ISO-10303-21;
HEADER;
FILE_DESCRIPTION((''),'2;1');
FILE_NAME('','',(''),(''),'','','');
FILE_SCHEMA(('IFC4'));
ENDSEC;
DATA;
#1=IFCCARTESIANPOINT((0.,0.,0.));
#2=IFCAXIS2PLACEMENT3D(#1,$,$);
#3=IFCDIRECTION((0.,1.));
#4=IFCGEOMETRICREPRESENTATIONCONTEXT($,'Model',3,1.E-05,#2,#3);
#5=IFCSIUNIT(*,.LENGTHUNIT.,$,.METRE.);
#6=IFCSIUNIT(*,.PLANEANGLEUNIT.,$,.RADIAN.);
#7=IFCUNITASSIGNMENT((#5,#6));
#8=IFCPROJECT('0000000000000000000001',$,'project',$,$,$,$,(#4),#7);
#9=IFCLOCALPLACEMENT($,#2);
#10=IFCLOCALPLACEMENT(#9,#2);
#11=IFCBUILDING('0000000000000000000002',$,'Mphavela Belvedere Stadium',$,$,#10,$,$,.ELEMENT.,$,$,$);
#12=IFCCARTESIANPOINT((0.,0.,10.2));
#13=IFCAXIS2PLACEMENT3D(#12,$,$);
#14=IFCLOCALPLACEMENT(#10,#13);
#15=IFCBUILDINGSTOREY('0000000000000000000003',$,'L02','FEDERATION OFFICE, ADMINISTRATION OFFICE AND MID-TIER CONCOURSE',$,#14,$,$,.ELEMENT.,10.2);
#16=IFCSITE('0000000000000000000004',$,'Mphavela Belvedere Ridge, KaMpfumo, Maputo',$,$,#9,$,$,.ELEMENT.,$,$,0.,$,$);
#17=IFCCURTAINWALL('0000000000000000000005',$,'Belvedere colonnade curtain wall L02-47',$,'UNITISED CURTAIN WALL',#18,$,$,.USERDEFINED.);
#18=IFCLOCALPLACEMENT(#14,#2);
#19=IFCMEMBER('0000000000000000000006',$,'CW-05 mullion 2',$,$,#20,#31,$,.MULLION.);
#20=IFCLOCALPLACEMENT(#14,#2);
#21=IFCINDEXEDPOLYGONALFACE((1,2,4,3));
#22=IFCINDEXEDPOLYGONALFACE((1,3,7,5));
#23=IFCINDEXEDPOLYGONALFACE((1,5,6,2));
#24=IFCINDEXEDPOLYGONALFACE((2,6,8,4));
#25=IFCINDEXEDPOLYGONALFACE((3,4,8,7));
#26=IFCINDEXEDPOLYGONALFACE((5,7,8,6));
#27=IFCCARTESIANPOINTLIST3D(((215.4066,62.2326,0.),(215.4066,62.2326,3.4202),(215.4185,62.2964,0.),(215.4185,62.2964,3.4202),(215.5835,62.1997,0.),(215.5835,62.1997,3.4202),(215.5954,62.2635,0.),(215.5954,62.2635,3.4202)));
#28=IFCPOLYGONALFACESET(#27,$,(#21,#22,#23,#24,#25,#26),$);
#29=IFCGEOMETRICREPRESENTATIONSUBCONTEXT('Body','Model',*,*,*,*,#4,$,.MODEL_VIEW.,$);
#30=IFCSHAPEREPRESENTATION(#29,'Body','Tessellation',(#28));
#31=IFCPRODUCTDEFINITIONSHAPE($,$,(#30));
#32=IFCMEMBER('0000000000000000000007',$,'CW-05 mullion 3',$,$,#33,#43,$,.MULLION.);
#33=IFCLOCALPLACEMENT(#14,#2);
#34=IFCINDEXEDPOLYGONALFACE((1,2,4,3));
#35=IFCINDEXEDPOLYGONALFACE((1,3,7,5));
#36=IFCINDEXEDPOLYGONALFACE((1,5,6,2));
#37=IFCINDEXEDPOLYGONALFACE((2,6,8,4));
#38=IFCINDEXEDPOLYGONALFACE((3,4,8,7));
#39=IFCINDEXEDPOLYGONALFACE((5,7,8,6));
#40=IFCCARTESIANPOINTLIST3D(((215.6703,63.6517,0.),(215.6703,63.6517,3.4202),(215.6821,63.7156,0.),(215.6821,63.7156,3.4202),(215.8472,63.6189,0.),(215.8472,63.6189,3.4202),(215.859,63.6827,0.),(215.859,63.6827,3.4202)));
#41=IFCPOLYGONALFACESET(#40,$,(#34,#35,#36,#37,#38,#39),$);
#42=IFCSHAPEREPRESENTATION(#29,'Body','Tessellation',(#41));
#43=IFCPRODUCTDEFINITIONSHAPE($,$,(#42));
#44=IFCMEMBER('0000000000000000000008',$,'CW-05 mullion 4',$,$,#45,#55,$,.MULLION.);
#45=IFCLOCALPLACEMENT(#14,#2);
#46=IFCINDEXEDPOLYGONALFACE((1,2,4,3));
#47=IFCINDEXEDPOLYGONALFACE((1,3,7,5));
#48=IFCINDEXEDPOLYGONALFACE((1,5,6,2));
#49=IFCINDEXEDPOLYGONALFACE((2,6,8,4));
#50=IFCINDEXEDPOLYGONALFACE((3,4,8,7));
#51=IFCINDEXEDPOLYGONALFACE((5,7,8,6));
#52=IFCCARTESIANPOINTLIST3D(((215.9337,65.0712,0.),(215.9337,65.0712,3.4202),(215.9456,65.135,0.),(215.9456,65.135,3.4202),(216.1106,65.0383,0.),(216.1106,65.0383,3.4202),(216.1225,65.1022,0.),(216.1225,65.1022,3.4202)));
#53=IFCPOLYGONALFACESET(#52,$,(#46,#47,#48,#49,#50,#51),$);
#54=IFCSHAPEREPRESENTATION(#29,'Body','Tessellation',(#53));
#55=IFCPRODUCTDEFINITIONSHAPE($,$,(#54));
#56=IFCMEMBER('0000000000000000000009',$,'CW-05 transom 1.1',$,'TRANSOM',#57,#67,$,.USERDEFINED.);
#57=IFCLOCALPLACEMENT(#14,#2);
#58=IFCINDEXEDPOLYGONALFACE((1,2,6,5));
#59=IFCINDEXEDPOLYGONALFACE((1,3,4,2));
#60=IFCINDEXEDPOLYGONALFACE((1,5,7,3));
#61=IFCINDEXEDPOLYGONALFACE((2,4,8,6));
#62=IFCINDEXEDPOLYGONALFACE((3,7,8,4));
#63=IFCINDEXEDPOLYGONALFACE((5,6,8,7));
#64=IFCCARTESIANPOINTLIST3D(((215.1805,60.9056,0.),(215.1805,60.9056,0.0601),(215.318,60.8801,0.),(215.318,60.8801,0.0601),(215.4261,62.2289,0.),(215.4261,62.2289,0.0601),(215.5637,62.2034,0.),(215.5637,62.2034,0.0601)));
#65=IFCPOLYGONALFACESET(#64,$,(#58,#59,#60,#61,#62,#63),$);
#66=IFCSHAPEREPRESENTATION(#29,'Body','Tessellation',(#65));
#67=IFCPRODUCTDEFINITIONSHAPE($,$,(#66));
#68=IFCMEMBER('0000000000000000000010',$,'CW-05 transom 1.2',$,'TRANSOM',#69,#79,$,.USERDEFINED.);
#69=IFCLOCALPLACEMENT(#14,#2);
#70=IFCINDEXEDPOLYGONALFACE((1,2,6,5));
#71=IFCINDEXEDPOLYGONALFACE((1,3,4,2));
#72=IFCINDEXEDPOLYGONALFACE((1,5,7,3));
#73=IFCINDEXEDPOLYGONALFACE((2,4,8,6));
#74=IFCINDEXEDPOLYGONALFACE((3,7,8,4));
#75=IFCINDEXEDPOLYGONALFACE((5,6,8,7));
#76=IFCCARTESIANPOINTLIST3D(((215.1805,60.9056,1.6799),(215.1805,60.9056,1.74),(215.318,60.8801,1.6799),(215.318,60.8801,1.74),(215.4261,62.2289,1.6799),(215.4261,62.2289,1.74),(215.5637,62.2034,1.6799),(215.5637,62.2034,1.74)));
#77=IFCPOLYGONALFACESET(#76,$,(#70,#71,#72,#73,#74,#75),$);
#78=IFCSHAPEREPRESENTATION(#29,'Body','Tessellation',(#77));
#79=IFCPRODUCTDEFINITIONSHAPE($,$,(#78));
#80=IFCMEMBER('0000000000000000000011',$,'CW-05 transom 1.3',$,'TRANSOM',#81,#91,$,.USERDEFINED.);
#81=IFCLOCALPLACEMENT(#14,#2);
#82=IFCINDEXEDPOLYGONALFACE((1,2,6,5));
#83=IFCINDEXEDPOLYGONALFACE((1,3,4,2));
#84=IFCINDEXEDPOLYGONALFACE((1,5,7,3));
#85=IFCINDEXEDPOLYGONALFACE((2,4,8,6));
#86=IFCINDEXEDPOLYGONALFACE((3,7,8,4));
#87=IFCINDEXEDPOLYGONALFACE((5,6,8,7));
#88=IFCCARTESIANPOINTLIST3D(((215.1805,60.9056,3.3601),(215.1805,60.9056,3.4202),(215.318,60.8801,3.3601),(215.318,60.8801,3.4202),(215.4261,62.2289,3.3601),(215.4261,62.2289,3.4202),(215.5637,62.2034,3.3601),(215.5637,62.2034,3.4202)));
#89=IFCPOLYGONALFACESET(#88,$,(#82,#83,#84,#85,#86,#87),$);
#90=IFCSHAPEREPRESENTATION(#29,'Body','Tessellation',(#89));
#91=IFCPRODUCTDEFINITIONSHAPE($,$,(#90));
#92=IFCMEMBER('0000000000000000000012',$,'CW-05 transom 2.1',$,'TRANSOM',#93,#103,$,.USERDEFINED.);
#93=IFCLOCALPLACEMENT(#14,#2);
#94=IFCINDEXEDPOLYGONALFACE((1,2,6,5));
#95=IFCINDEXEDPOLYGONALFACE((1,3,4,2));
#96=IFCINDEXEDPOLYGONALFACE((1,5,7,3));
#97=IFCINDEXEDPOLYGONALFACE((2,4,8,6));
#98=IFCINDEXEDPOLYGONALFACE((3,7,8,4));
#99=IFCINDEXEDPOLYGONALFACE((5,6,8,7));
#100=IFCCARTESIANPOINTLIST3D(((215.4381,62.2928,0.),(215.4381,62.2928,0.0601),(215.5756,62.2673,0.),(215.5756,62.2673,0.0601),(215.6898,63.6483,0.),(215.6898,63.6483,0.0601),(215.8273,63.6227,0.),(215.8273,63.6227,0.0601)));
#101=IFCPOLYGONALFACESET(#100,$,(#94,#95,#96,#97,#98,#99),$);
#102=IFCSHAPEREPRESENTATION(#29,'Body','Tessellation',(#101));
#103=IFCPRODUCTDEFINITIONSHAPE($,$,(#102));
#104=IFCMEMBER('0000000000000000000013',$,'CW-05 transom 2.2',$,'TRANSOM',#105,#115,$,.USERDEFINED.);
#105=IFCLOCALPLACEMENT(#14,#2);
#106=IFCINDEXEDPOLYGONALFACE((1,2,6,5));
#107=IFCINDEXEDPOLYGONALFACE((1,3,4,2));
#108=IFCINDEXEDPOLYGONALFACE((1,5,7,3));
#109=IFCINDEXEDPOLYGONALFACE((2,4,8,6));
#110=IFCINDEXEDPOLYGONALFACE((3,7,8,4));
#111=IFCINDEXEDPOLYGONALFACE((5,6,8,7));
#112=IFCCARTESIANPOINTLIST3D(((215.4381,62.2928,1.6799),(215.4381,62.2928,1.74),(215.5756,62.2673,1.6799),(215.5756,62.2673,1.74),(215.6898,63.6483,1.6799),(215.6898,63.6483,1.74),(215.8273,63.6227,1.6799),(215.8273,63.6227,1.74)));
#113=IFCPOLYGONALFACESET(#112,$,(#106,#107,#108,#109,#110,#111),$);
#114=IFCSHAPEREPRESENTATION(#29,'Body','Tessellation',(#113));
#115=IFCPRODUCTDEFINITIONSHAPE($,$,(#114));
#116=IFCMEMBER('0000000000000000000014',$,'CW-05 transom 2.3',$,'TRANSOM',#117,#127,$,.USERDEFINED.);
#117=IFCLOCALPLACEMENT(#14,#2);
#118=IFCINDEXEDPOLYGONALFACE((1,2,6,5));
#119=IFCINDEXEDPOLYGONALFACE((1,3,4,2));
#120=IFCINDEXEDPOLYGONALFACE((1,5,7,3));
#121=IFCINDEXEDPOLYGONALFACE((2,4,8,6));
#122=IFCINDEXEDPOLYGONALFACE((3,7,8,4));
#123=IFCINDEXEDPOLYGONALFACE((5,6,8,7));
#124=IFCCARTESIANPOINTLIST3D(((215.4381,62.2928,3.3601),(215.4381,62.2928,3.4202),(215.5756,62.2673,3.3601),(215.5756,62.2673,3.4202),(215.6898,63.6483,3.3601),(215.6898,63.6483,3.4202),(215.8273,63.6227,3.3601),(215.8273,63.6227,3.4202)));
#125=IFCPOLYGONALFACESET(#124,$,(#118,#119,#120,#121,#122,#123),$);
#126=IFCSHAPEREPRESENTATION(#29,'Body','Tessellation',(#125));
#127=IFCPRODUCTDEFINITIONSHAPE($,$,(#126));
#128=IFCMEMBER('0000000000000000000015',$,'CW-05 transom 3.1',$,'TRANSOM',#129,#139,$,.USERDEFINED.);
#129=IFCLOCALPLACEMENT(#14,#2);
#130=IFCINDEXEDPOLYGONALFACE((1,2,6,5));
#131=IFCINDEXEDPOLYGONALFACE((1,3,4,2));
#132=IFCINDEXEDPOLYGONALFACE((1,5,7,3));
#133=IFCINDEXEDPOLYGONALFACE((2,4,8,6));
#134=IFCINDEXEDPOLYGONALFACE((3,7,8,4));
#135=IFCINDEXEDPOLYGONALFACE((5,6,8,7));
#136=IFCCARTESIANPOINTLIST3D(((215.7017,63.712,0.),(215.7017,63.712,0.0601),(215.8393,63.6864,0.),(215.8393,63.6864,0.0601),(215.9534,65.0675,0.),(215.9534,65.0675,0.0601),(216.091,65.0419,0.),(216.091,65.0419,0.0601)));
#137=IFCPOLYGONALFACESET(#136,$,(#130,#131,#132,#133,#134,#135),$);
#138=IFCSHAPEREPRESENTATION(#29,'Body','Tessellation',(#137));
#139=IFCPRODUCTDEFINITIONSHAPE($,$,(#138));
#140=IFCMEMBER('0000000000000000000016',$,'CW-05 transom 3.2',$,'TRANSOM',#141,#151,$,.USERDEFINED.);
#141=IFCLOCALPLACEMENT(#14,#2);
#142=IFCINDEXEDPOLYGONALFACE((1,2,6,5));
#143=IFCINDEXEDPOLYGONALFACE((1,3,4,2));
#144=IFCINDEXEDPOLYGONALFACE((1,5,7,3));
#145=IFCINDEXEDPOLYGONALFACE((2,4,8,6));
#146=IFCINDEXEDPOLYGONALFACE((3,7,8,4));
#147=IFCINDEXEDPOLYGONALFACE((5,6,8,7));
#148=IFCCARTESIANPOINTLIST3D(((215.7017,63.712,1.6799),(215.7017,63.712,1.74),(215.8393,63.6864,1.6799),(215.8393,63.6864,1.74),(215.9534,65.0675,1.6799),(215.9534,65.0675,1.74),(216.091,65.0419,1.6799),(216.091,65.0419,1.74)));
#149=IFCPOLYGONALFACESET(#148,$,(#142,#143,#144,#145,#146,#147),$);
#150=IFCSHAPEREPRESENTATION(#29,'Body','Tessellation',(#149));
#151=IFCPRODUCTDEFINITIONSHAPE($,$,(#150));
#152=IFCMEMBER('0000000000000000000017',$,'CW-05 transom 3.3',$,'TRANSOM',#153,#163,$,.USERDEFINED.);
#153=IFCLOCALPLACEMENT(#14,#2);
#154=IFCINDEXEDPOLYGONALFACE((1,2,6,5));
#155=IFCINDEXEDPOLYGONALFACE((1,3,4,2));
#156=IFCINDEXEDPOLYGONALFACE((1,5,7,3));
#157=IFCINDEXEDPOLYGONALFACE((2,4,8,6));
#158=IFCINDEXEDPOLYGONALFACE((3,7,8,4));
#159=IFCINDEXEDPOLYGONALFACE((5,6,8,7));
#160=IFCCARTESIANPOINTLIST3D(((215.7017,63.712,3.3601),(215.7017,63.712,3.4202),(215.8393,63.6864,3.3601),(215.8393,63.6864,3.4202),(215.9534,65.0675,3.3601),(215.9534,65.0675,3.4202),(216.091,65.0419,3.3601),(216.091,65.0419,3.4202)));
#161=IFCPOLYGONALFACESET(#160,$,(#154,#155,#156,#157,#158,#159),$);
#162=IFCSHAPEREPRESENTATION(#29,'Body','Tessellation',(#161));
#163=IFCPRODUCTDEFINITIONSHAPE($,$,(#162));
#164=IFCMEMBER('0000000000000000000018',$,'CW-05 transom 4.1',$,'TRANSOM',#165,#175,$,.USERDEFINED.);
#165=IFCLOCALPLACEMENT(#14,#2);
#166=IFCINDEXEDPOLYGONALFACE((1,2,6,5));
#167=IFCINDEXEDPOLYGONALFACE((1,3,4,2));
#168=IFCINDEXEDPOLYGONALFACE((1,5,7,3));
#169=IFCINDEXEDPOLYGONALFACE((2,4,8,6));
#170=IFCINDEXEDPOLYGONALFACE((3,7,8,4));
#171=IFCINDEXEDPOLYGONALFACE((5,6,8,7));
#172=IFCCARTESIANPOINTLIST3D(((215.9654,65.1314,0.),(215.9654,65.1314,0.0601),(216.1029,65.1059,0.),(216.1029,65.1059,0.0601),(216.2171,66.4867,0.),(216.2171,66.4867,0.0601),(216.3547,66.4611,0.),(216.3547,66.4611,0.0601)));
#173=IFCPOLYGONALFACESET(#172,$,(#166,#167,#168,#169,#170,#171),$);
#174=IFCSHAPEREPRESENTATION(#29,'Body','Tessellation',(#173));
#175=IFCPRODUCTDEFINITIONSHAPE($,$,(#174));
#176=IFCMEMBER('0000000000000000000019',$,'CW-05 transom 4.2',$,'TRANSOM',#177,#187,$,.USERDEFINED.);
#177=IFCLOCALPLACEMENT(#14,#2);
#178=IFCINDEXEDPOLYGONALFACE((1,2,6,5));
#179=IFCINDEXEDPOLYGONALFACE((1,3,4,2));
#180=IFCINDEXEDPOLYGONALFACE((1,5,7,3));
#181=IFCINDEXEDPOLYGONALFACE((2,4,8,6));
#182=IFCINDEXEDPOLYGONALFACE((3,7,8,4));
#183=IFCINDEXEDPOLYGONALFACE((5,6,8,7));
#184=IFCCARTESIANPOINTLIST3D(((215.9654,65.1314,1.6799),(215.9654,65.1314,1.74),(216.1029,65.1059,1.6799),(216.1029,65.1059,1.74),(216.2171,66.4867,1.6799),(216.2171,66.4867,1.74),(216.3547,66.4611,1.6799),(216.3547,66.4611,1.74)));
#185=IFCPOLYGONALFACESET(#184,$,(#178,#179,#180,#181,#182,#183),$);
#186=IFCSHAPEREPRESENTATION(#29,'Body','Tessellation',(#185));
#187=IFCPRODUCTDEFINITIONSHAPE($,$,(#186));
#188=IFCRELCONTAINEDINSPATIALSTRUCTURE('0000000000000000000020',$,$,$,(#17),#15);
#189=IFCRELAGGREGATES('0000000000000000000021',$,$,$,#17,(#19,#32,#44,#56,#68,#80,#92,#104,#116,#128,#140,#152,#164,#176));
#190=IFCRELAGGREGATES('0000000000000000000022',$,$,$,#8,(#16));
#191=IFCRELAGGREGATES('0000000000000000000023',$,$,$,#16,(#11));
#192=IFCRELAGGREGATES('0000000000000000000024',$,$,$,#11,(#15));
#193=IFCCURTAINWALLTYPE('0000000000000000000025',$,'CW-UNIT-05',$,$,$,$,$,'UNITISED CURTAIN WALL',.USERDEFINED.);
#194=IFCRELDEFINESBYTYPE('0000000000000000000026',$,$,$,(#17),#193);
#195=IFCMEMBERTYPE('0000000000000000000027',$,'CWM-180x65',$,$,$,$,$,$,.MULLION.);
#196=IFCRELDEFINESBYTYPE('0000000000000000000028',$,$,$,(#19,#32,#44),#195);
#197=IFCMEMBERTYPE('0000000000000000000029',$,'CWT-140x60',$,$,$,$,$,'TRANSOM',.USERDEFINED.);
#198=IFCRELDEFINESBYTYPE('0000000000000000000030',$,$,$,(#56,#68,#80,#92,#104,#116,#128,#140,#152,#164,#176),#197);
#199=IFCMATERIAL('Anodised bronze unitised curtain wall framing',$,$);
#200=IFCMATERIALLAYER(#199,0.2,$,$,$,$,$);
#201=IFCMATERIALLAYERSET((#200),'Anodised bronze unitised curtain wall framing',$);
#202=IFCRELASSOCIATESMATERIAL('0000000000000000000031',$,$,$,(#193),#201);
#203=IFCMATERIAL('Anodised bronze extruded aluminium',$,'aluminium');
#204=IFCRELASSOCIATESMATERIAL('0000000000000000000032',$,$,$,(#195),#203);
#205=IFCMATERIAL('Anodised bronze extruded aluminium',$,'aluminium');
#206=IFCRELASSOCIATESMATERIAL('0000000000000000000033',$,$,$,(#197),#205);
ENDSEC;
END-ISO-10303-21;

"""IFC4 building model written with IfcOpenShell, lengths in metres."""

from ifc_helpers import new_model, si_unit, direction, frame, origin, origin_2d, place, context, subcontext, project, spatial, rectangle, extrude, material, layer, layer_set, material_profile, profile_set, type_object, element, aggregate, save


model = new_model("IFC4")

# Units and contexts
model_context = context("Model", 3, precision=1e-05, world=origin(), true_north=direction((0.0, 1.0)))
body_context = subcontext(model_context, "Body", "Model", "MODEL_VIEW")
ifc_project = project(units=[si_unit("LENGTHUNIT", "METRE"), si_unit("PLANEANGLEUNIT", "RADIAN")], contexts=[model_context])

# Site, building, storey
site_placement = place(None, origin())
site = spatial("IfcSite", under=ifc_project, at=site_placement, Name="Mphavela Belvedere Ridge, KaMpfumo, Maputo", CompositionType="ELEMENT", RefElevation=0.0)
building_placement = place(site_placement, origin())
building = spatial("IfcBuilding", under=site, at=building_placement, Name="Mphavela Belvedere Stadium", CompositionType="ELEMENT")
storey_placement = place(building_placement, frame((0.0, 0.0, 10.2)))
storey = spatial("IfcBuildingStorey", under=building, at=storey_placement, Name="L02", Description="FEDERATION OFFICE, ADMINISTRATION OFFICE AND MID-TIER CONCOURSE", CompositionType="ELEMENT", Elevation=10.2)

# Curtain wall, members
ifc_material_1 = material(Name="Anodised bronze unitised curtain wall framing")
ifc_layer_1 = layer(ifc_material_1, 0.2)
ifc_layer_set_1 = layer_set([ifc_layer_1], Name="Anodised bronze unitised curtain wall framing")
curtain_wall_type = type_object("IfcCurtainWallType", Name="CW-UNIT-05", ElementType="UNITISED CURTAIN WALL", PredefinedType="USERDEFINED", material=ifc_layer_set_1)
curtain_wall_placement = place(storey_placement, origin())
curtain_wall = element("IfcCurtainWall", 1, at=curtain_wall_placement, inside=storey, type_object=curtain_wall_type, Name="Belvedere colonnade curtain wall L02-47", ObjectType="UNITISED CURTAIN WALL", PredefinedType="USERDEFINED")
ifc_material_2 = material(Name="Anodised bronze extruded aluminium", Category="aluminium")
ifc_material_profile_1 = material_profile(ifc_material_2, rectangle(XDim=0.1799, YDim=0.0649, at=origin_2d()), Name="CW-MUL 180x65")
ifc_profile_set_1 = profile_set([ifc_material_profile_1], Name="Anodised bronze extruded aluminium")
member_type_1 = type_object("IfcMemberType", Name="CWM-180x65", PredefinedType="MULLION", material=ifc_profile_set_1)
member_1_placement = place(storey_placement, frame((215.501, 62.248, 0.0), z_axis=(0.0, 0.0, 1.0), x_axis=(-0.983183, 0.182625, 0.0)))
member_1 = element("IfcMember", 2, at=member_1_placement, type_object=member_type_1, Name="CW-05 mullion 2", PredefinedType="MULLION", context=body_context, shape_type="SweptSolid", body=[
    extrude(rectangle(XDim=0.1799, YDim=0.0649, at=origin_2d()), origin(), (0.0, 0.0, 1.0), 3.4202),
])
member_2_placement = place(storey_placement, frame((215.7646, 63.6672, 0.0), z_axis=(0.0, 0.0, 1.0), x_axis=(-0.983183, 0.182625, 0.0)))
member_2 = element("IfcMember", 3, at=member_2_placement, type_object=member_type_1, Name="CW-05 mullion 3", PredefinedType="MULLION", context=body_context, shape_type="SweptSolid", body=[
    extrude(rectangle(XDim=0.1799, YDim=0.0649, at=origin_2d()), origin(), (0.0, 0.0, 1.0), 3.4202),
])
member_3_placement = place(storey_placement, frame((216.0281, 65.0867, 0.0), z_axis=(0.0, 0.0, 1.0), x_axis=(-0.983183, 0.182625, 0.0)))
member_3 = element("IfcMember", 4, at=member_3_placement, type_object=member_type_1, Name="CW-05 mullion 4", PredefinedType="MULLION", context=body_context, shape_type="SweptSolid", body=[
    extrude(rectangle(XDim=0.1799, YDim=0.0649, at=origin_2d()), origin(), (0.0, 0.0, 1.0), 3.4202),
])
ifc_material_3 = material(Name="Anodised bronze extruded aluminium", Category="aluminium")
ifc_material_profile_2 = material_profile(ifc_material_3, rectangle(XDim=0.1399, YDim=0.0601, at=origin_2d()), Name="CW-TRN 140x60")
ifc_profile_set_2 = profile_set([ifc_material_profile_2], Name="Anodised bronze extruded aluminium")
member_type_2 = type_object("IfcMemberType", Name="CWT-140x60", ElementType="TRANSOM", PredefinedType="USERDEFINED", material=ifc_profile_set_2)
member_4_placement = place(storey_placement, frame((215.2493, 60.8928, 0.03), z_axis=(0.182492, 0.983207, 0.0), x_axis=(-0.983207, 0.182492, 0.0)))
member_4 = element("IfcMember", 5, at=member_4_placement, type_object=member_type_2, Name="CW-05 transom 1.1", ObjectType="TRANSOM", PredefinedType="USERDEFINED", context=body_context, shape_type="SweptSolid", body=[
    extrude(rectangle(XDim=0.1399, YDim=0.0601, at=origin_2d()), origin(), (0.0, 0.0, 1.0), 1.3459),
])
member_5_placement = place(storey_placement, frame((215.2493, 60.8928, 1.71), z_axis=(0.182492, 0.983207, 0.0), x_axis=(-0.983207, 0.182492, 0.0)))
member_5 = element("IfcMember", 6, at=member_5_placement, type_object=member_type_2, Name="CW-05 transom 1.2", ObjectType="TRANSOM", PredefinedType="USERDEFINED", context=body_context, shape_type="SweptSolid", body=[
    extrude(rectangle(XDim=0.1399, YDim=0.0601, at=origin_2d()), origin(), (0.0, 0.0, 1.0), 1.3459),
])
member_6_placement = place(storey_placement, frame((215.2493, 60.8928, 3.3901), z_axis=(0.182492, 0.983207, 0.0), x_axis=(-0.983207, 0.182492, 0.0)))
member_6 = element("IfcMember", 7, at=member_6_placement, type_object=member_type_2, Name="CW-05 transom 1.3", ObjectType="TRANSOM", PredefinedType="USERDEFINED", context=body_context, shape_type="SweptSolid", body=[
    extrude(rectangle(XDim=0.1399, YDim=0.0601, at=origin_2d()), origin(), (0.0, 0.0, 1.0), 1.3459),
])
member_7_placement = place(storey_placement, frame((215.5068, 62.28, 0.03), z_axis=(0.182578, 0.983191, 0.0), x_axis=(-0.983191, 0.182578, 0.0)))
member_7 = element("IfcMember", 8, at=member_7_placement, type_object=member_type_2, Name="CW-05 transom 2.1", ObjectType="TRANSOM", PredefinedType="USERDEFINED", context=body_context, shape_type="SweptSolid", body=[
    extrude(rectangle(XDim=0.1399, YDim=0.0601, at=origin_2d()), origin(), (0.0, 0.0, 1.0), 1.3787),
])
member_8_placement = place(storey_placement, frame((215.5068, 62.28, 1.71), z_axis=(0.182578, 0.983191, 0.0), x_axis=(-0.983191, 0.182578, 0.0)))
member_8 = element("IfcMember", 9, at=member_8_placement, type_object=member_type_2, Name="CW-05 transom 2.2", ObjectType="TRANSOM", PredefinedType="USERDEFINED", context=body_context, shape_type="SweptSolid", body=[
    extrude(rectangle(XDim=0.1399, YDim=0.0601, at=origin_2d()), origin(), (0.0, 0.0, 1.0), 1.3787),
])
member_9_placement = place(storey_placement, frame((215.5068, 62.28, 3.3901), z_axis=(0.182578, 0.983191, 0.0), x_axis=(-0.983191, 0.182578, 0.0)))
member_9 = element("IfcMember", 10, at=member_9_placement, type_object=member_type_2, Name="CW-05 transom 2.3", ObjectType="TRANSOM", PredefinedType="USERDEFINED", context=body_context, shape_type="SweptSolid", body=[
    extrude(rectangle(XDim=0.1399, YDim=0.0601, at=origin_2d()), origin(), (0.0, 0.0, 1.0), 1.3787),
])
member_10_placement = place(storey_placement, frame((215.7705, 63.6992, 0.03), z_axis=(0.182578, 0.983191, 0.0), x_axis=(-0.983191, 0.182578, 0.0)))
member_10 = element("IfcMember", 11, at=member_10_placement, type_object=member_type_2, Name="CW-05 transom 3.1", ObjectType="TRANSOM", PredefinedType="USERDEFINED", context=body_context, shape_type="SweptSolid", body=[
    extrude(rectangle(XDim=0.1399, YDim=0.0601, at=origin_2d()), origin(), (0.0, 0.0, 1.0), 1.3787),
])
member_11_placement = place(storey_placement, frame((215.7705, 63.6992, 1.71), z_axis=(0.182578, 0.983191, 0.0), x_axis=(-0.983191, 0.182578, 0.0)))
member_11 = element("IfcMember", 12, at=member_11_placement, type_object=member_type_2, Name="CW-05 transom 3.2", ObjectType="TRANSOM", PredefinedType="USERDEFINED", context=body_context, shape_type="SweptSolid", body=[
    extrude(rectangle(XDim=0.1399, YDim=0.0601, at=origin_2d()), origin(), (0.0, 0.0, 1.0), 1.3787),
])
member_12_placement = place(storey_placement, frame((215.7705, 63.6992, 3.3901), z_axis=(0.182578, 0.983191, 0.0), x_axis=(-0.983191, 0.182578, 0.0)))
member_12 = element("IfcMember", 13, at=member_12_placement, type_object=member_type_2, Name="CW-05 transom 3.3", ObjectType="TRANSOM", PredefinedType="USERDEFINED", context=body_context, shape_type="SweptSolid", body=[
    extrude(rectangle(XDim=0.1399, YDim=0.0601, at=origin_2d()), origin(), (0.0, 0.0, 1.0), 1.3787),
])
member_13_placement = place(storey_placement, frame((216.0342, 65.1187, 0.03), z_axis=(0.182609, 0.983186, 0.0), x_axis=(-0.983186, 0.182609, 0.0)))
member_13 = element("IfcMember", 14, at=member_13_placement, type_object=member_type_2, Name="CW-05 transom 4.1", ObjectType="TRANSOM", PredefinedType="USERDEFINED", context=body_context, shape_type="SweptSolid", body=[
    extrude(rectangle(XDim=0.1399, YDim=0.0601, at=origin_2d()), origin(), (0.0, 0.0, 1.0), 1.3784),
])
member_14_placement = place(storey_placement, frame((216.0342, 65.1187, 1.71), z_axis=(0.182609, 0.983186, 0.0), x_axis=(-0.983186, 0.182609, 0.0)))
member_14 = element("IfcMember", 15, at=member_14_placement, type_object=member_type_2, Name="CW-05 transom 4.2", ObjectType="TRANSOM", PredefinedType="USERDEFINED", context=body_context, shape_type="SweptSolid", body=[
    extrude(rectangle(XDim=0.1399, YDim=0.0601, at=origin_2d()), origin(), (0.0, 0.0, 1.0), 1.3784),
])
aggregate(curtain_wall, [member_1, member_2, member_3, member_4, member_5, member_6, member_7, member_8, member_9, member_10, member_11, member_12, member_13, member_14])

save(model, "model.ifc")
